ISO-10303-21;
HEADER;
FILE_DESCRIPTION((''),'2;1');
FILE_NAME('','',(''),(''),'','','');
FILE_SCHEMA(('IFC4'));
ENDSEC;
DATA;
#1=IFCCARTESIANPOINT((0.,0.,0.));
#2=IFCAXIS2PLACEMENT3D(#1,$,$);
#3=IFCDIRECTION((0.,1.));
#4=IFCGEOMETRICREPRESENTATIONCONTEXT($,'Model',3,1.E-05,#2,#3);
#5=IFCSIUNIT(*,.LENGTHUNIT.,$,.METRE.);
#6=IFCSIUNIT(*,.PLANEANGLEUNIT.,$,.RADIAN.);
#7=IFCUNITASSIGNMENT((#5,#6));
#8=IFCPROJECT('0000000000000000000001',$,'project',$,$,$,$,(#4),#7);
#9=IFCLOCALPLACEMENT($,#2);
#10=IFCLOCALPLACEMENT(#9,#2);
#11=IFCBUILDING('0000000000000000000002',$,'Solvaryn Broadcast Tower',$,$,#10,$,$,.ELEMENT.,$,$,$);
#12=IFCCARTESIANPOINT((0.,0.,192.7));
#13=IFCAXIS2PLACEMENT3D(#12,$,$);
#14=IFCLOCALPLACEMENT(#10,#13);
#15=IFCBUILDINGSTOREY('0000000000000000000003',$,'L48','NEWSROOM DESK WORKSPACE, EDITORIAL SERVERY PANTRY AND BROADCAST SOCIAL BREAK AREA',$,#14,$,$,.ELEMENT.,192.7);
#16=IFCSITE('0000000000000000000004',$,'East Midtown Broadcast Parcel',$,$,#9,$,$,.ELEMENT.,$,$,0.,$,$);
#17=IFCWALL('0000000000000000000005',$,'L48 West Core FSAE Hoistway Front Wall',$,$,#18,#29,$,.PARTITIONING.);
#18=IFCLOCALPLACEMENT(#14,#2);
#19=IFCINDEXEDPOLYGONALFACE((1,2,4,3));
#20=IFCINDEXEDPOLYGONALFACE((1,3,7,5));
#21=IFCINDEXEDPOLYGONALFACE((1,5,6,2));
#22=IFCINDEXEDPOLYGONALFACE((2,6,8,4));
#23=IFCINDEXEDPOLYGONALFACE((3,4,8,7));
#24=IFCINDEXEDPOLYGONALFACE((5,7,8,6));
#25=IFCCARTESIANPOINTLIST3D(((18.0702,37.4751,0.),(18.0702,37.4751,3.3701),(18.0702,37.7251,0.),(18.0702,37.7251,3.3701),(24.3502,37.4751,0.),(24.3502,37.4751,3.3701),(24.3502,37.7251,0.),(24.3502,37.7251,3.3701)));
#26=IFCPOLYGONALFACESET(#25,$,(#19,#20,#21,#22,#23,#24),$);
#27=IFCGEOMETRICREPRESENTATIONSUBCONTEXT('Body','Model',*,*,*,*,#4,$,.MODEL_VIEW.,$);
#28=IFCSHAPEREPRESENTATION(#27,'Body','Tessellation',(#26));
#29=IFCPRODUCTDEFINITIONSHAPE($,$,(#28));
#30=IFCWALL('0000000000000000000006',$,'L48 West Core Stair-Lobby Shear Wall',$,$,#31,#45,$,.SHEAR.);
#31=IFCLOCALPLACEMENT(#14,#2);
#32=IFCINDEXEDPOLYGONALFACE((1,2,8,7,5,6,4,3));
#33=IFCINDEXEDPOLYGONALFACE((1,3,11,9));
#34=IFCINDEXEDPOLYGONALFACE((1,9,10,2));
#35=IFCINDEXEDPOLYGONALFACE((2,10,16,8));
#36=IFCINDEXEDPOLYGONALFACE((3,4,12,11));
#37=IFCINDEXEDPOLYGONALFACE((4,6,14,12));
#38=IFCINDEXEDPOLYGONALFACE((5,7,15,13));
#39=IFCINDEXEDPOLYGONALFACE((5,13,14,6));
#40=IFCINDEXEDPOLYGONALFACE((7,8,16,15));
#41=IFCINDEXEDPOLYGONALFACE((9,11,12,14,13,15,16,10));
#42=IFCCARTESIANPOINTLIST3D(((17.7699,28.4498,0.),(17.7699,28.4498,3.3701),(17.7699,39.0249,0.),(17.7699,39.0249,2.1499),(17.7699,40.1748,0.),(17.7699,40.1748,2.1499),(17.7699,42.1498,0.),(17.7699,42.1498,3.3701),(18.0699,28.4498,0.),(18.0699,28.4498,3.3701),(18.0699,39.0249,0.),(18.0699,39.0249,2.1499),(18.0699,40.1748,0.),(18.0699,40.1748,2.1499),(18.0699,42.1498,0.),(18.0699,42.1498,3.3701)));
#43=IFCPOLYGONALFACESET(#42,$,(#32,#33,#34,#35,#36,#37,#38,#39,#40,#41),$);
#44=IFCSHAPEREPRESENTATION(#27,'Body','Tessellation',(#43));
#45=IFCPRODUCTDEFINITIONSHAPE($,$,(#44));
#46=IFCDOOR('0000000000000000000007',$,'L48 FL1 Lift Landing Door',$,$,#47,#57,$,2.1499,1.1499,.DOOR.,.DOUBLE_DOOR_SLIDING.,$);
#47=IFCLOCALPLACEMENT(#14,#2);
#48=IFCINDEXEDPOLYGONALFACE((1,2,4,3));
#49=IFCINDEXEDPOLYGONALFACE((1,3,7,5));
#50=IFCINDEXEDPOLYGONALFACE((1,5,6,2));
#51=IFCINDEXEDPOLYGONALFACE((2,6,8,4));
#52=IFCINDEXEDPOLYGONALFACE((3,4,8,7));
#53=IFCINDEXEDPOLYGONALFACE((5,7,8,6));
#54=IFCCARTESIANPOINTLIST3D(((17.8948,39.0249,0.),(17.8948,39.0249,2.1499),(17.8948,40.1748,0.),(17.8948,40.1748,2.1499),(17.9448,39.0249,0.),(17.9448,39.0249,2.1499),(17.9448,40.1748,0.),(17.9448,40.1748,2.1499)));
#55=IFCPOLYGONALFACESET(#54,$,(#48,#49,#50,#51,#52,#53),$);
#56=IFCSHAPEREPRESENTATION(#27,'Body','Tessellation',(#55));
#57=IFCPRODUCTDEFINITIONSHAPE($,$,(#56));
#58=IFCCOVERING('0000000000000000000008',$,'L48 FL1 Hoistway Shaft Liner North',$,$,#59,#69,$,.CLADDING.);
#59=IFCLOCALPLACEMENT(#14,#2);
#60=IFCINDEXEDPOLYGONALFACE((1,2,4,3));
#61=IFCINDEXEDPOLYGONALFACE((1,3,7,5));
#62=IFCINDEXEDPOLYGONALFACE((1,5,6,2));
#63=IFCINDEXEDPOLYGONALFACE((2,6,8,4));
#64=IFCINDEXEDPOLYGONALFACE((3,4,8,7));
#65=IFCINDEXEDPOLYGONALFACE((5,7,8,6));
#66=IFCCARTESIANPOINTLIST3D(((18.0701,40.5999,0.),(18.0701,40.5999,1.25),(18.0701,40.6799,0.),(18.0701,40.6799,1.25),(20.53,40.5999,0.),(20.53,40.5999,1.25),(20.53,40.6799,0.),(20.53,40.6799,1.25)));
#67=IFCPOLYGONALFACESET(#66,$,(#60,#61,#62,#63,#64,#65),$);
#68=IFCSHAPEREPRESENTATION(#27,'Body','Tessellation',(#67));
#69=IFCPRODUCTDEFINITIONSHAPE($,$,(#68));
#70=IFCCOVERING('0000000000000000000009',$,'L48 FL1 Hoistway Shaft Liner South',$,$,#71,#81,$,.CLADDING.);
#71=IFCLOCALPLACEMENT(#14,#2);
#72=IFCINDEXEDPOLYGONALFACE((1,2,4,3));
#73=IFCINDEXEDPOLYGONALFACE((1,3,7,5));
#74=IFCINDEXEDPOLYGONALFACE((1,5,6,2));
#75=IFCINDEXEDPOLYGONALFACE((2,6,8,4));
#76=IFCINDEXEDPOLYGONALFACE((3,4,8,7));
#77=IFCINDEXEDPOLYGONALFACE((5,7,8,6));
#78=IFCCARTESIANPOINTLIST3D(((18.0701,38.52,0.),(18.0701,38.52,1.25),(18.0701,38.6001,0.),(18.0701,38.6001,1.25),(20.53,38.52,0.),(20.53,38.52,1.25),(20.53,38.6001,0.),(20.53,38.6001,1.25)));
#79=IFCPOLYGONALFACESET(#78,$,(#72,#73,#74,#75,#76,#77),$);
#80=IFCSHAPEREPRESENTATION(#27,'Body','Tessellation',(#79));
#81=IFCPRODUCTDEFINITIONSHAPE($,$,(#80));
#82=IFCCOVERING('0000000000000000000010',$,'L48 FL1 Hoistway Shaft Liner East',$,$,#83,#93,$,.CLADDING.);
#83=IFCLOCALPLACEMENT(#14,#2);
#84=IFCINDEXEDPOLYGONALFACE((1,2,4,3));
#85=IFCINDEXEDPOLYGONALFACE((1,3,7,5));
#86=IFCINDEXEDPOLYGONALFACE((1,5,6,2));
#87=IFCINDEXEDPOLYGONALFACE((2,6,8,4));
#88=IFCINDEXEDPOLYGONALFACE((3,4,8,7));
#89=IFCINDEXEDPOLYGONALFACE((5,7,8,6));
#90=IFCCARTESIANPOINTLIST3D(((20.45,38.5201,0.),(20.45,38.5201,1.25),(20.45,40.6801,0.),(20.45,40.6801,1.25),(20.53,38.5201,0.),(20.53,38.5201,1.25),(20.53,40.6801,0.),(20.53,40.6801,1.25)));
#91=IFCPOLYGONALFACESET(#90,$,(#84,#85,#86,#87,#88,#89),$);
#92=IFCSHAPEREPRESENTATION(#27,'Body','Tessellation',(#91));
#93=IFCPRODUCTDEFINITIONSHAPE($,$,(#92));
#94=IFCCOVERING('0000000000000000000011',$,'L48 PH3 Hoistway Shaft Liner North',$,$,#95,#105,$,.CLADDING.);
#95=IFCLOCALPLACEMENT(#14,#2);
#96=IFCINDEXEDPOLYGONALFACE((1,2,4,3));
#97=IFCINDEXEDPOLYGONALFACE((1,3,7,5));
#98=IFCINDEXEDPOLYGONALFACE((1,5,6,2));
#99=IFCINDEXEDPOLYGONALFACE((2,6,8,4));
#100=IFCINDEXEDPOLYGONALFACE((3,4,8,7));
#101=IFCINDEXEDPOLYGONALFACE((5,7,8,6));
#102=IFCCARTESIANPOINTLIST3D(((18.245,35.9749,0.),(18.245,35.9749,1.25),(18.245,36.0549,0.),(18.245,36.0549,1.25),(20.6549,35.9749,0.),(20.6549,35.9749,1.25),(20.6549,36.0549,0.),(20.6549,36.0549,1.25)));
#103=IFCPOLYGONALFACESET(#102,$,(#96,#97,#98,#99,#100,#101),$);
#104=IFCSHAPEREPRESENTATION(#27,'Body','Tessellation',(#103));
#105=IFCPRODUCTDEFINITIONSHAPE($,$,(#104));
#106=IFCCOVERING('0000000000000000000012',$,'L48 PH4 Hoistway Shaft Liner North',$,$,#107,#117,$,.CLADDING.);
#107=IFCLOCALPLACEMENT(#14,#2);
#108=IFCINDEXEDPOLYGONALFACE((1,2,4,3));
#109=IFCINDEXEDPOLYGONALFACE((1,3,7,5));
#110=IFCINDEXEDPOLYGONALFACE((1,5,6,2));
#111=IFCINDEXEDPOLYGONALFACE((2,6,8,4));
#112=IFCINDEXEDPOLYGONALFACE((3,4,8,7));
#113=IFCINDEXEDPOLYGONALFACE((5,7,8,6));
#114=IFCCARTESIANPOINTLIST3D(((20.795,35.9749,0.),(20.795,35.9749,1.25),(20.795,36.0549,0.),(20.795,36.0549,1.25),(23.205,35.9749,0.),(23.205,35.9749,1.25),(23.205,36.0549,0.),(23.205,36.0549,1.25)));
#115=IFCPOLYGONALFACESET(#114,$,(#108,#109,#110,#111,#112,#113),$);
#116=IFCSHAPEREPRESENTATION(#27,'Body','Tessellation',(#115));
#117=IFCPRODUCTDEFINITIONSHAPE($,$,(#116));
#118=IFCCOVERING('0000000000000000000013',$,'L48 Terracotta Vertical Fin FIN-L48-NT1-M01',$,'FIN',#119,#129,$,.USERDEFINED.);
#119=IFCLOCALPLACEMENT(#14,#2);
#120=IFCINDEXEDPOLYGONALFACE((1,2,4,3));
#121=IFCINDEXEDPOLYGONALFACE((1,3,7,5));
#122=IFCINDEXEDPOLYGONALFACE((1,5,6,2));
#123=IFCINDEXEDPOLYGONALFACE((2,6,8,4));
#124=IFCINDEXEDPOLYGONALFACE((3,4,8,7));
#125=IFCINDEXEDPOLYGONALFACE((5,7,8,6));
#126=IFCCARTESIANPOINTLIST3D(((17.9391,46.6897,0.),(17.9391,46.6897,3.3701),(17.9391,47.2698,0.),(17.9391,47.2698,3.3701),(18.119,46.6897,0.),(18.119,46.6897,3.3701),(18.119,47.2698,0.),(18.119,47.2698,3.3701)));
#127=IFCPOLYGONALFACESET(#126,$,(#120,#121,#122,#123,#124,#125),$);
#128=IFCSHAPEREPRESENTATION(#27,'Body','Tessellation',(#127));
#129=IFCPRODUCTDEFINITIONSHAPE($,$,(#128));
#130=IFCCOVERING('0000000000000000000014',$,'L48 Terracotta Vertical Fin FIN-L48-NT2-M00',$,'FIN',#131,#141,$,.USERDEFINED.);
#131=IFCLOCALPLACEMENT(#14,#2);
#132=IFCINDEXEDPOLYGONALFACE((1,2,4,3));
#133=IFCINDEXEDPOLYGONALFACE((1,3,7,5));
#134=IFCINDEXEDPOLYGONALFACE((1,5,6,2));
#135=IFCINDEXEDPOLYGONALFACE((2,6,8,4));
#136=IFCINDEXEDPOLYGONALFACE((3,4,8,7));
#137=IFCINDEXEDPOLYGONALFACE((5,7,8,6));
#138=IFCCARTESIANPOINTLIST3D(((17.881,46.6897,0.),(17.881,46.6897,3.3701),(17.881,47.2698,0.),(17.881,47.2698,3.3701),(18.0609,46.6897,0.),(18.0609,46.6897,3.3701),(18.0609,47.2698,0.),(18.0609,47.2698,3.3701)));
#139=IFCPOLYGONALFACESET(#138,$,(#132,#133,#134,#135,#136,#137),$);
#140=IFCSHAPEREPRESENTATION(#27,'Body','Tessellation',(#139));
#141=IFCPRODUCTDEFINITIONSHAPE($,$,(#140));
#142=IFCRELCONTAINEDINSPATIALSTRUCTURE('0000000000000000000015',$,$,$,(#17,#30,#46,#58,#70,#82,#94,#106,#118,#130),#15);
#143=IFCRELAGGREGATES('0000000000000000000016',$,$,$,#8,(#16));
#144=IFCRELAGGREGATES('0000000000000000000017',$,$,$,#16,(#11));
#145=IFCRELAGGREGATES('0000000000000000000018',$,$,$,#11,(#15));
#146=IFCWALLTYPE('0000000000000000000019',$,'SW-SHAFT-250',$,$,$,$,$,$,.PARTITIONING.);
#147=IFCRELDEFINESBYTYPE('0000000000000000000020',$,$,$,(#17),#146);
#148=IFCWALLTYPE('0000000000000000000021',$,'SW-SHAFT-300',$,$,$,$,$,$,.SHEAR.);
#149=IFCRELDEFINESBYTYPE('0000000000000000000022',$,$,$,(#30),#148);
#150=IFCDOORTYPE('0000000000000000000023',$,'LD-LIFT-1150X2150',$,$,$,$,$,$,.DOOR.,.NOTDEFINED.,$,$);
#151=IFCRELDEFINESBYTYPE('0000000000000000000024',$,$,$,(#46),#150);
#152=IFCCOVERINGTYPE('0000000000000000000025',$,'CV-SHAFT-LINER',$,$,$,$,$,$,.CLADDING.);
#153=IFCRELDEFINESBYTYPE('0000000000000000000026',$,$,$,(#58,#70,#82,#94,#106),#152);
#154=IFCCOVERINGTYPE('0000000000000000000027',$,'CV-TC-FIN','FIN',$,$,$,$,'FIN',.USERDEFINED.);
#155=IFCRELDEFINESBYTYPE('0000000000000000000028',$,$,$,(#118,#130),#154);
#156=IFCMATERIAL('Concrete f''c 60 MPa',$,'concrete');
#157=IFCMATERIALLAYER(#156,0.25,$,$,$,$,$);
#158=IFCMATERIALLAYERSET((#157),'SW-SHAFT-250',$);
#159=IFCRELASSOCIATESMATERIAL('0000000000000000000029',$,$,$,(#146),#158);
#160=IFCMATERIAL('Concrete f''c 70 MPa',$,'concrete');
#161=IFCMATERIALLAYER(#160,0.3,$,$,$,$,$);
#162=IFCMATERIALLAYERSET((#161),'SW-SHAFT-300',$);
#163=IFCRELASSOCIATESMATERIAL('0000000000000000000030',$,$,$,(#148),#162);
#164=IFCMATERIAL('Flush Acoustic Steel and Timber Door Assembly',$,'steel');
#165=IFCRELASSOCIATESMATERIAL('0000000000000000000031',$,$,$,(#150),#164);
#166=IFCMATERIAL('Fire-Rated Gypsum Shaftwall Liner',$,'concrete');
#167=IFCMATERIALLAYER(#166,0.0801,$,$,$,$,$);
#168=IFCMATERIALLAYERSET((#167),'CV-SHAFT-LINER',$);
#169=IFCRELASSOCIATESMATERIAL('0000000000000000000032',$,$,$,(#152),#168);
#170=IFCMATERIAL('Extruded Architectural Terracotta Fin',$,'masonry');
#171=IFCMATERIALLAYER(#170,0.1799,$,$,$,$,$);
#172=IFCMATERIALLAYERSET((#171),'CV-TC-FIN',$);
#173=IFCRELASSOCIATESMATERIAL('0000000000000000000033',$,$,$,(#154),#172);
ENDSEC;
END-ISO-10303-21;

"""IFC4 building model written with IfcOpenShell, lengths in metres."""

from ifc_helpers import new_model, si_unit, direction, frame, frame_2d, origin, origin_2d, place, context, subcontext, project, spatial, rectangle, extrude, material, layer, layer_set, type_object, element, fill, save


model = new_model("IFC4")

# Units and contexts
model_context = context("Model", 3, precision=1e-05, world=origin(), true_north=direction((0.0, 1.0)))
body_context = subcontext(model_context, "Body", "Model", "MODEL_VIEW")
ifc_project = project(units=[si_unit("LENGTHUNIT", "METRE"), si_unit("PLANEANGLEUNIT", "RADIAN")], contexts=[model_context])

# Site, building, storey
site_placement = place(None, origin())
site = spatial("IfcSite", under=ifc_project, at=site_placement, Name="East Midtown Broadcast Parcel", CompositionType="ELEMENT", RefElevation=0.0)
building_placement = place(site_placement, origin())
building = spatial("IfcBuilding", under=site, at=building_placement, Name="Solvaryn Broadcast Tower", CompositionType="ELEMENT")
storey_placement = place(building_placement, frame((0.0, 0.0, 192.7)))
storey = spatial("IfcBuildingStorey", under=building, at=storey_placement, Name="L48", Description="NEWSROOM DESK WORKSPACE, EDITORIAL SERVERY PANTRY AND BROADCAST SOCIAL BREAK AREA", CompositionType="ELEMENT", Elevation=192.7)

# Wall
ifc_material_1 = material(Name="Concrete f'c 60 MPa", Category="concrete")
ifc_layer_1 = layer(ifc_material_1, 0.25)
ifc_layer_set_1 = layer_set([ifc_layer_1], Name="SW-SHAFT-250")
wall_type_1 = type_object("IfcWallType", Name="SW-SHAFT-250", PredefinedType="PARTITIONING", material=ifc_layer_set_1)
wall_1_placement = place(storey_placement, frame((18.0701, 37.6001, 0.0), z_axis=(0.0, 0.0, 1.0), x_axis=(1.0, 0.0, 0.0)))
element("IfcWall", 1, at=wall_1_placement, inside=storey, type_object=wall_type_1, Name="L48 West Core FSAE Hoistway Front Wall", PredefinedType="PARTITIONING", context=body_context, shape_type="SweptSolid", body=[
    extrude(rectangle(XDim=6.28, YDim=0.25, at=frame_2d((3.1401, 0.0))), origin(), (0.0, 0.0, 1.0), 3.3701),
])

# Wall, opening, door
ifc_material_2 = material(Name="Concrete f'c 70 MPa", Category="concrete")
ifc_layer_2 = layer(ifc_material_2, 0.3)
ifc_layer_set_2 = layer_set([ifc_layer_2], Name="SW-SHAFT-300")
wall_type_2 = type_object("IfcWallType", Name="SW-SHAFT-300", PredefinedType="SHEAR", material=ifc_layer_set_2)
wall_2_placement = place(storey_placement, frame((17.9199, 42.1499, 0.0), z_axis=(0.0, 0.0, 1.0), x_axis=(0.0, -1.0, 0.0)))
wall_2 = element("IfcWall", 2, at=wall_2_placement, inside=storey, type_object=wall_type_2, Name="L48 West Core Stair-Lobby Shear Wall", PredefinedType="SHEAR", context=body_context, shape_type="SweptSolid", body=[
    extrude(rectangle(XDim=13.7, YDim=0.3, at=frame_2d((6.8501, 0.0))), origin(), (0.0, 0.0, 1.0), 3.3701),
])
opening_1_placement = place(wall_2_placement, frame((1.9751, 0.0, 0.0)))
opening_1 = element("IfcOpeningElement", 3, at=opening_1_placement, cuts=wall_2, PredefinedType="OPENING", context=body_context, shape_type="SweptSolid", body=[
    extrude(rectangle(XDim=1.1499, YDim=2.1499, at=frame_2d((0.575, 1.075))), frame((0.0, 0.1599, 0.0), z_axis=(0.0, -1.0, 0.0), x_axis=(1.0, 0.0, 0.0)), (0.0, 0.0, 1.0), 0.3201),
])
ifc_material_3 = material(Name="Flush Acoustic Steel and Timber Door Assembly", Category="steel")
door_type_1 = type_object("IfcDoorType", Name="LD-LIFT-1150X2150", OperationType="NOTDEFINED", PredefinedType="DOOR", material=ifc_material_3)
door_1_placement = place(opening_1_placement, origin())
door_1 = element("IfcDoor", 4, at=door_1_placement, inside=storey, type_object=door_type_1, Name="L48 FL1 Lift Landing Door", OperationType="DOUBLE_DOOR_SLIDING", OverallHeight=2.1499, OverallWidth=1.1499, PredefinedType="DOOR", context=body_context, shape_type="SweptSolid", body=[
    extrude(rectangle(XDim=1.1499, YDim=2.1499, at=frame_2d((0.575, 1.075))), frame((0.0, 0.0249, 0.0), z_axis=(0.0, -1.0, 0.0), x_axis=(1.0, 0.0, 0.0)), (0.0, 0.0, 1.0), 0.05),
])
fill(opening_1, door_1)

# Coverings
ifc_material_4 = material(Name="Fire-Rated Gypsum Shaftwall Liner", Category="concrete")
ifc_layer_3 = layer(ifc_material_4, 0.0801)
ifc_layer_set_3 = layer_set([ifc_layer_3], Name="CV-SHAFT-LINER")
covering_type_1 = type_object("IfcCoveringType", Name="CV-SHAFT-LINER", PredefinedType="CLADDING", material=ifc_layer_set_3)
for number, where, z_axis, x_axis, name in (
    (5, (19.3, 40.6399, 0.0), (0.0, 0.0, 1.0), (1.0, 0.0, 0.0), "L48 FL1 Hoistway Shaft Liner North"),
    (6, (19.3, 38.5601, 0.0), (0.0, 0.0, 1.0), (1.0, 0.0, 0.0), "L48 FL1 Hoistway Shaft Liner South"),
):
    element("IfcCovering", number, at=place(storey_placement, frame(where, z_axis=z_axis, x_axis=x_axis)), inside=storey, type_object=covering_type_1, Name=name, PredefinedType="CLADDING", context=body_context, shape_type="SweptSolid", body=[
        extrude(rectangle(XDim=2.46, YDim=0.0801, at=origin_2d()), origin(), (0.0, 0.0, 1.0), 1.25),
    ])
covering_placement = place(storey_placement, frame((20.49, 39.6001, 0.0), z_axis=(0.0, 0.0, 1.0), x_axis=(1.0, 0.0, 0.0)))
element("IfcCovering", 7, at=covering_placement, inside=storey, type_object=covering_type_1, Name="L48 FL1 Hoistway Shaft Liner East", PredefinedType="CLADDING", context=body_context, shape_type="SweptSolid", body=[
    extrude(rectangle(XDim=0.0801, YDim=2.1599, at=origin_2d()), origin(), (0.0, 0.0, 1.0), 1.25),
])
for number, where, z_axis, x_axis, name in (
    (8, (19.45, 36.0149, 0.0), (0.0, 0.0, 1.0), (1.0, 0.0, 0.0), "L48 PH3 Hoistway Shaft Liner North"),
    (9, (22.0, 36.0149, 0.0), (0.0, 0.0, 1.0), (1.0, 0.0, 0.0), "L48 PH4 Hoistway Shaft Liner North"),
):
    element("IfcCovering", number, at=place(storey_placement, frame(where, z_axis=z_axis, x_axis=x_axis)), inside=storey, type_object=covering_type_1, Name=name, PredefinedType="CLADDING", context=body_context, shape_type="SweptSolid", body=[
        extrude(rectangle(XDim=2.4099, YDim=0.0801, at=origin_2d()), origin(), (0.0, 0.0, 1.0), 1.25),
    ])
ifc_material_5 = material(Name="Extruded Architectural Terracotta Fin", Category="masonry")
ifc_layer_4 = layer(ifc_material_5, 0.1799)
ifc_layer_set_4 = layer_set([ifc_layer_4], Name="CV-TC-FIN")
covering_type_2 = type_object("IfcCoveringType", Name="CV-TC-FIN", Description="FIN", ElementType="FIN", PredefinedType="USERDEFINED", material=ifc_layer_set_4)
for number, where, z_axis, x_axis, name in (
    (10, (18.0291, 46.9797, 0.0), (0.0, 0.0, 1.0), (1.0, 0.0, 0.0), "L48 Terracotta Vertical Fin FIN-L48-NT1-M01"),
    (11, (17.9709, 46.9797, 0.0), (0.0, 0.0, 1.0), (1.0, 0.0, 0.0), "L48 Terracotta Vertical Fin FIN-L48-NT2-M00"),
):
    element("IfcCovering", number, at=place(storey_placement, frame(where, z_axis=z_axis, x_axis=x_axis)), inside=storey, type_object=covering_type_2, Name=name, ObjectType="FIN", PredefinedType="USERDEFINED", context=body_context, shape_type="SweptSolid", body=[
        extrude(rectangle(XDim=0.1799, YDim=0.5801, at=origin_2d()), origin(), (0.0, 0.0, 1.0), 3.3701),
    ])

save(model, "model.ifc")
